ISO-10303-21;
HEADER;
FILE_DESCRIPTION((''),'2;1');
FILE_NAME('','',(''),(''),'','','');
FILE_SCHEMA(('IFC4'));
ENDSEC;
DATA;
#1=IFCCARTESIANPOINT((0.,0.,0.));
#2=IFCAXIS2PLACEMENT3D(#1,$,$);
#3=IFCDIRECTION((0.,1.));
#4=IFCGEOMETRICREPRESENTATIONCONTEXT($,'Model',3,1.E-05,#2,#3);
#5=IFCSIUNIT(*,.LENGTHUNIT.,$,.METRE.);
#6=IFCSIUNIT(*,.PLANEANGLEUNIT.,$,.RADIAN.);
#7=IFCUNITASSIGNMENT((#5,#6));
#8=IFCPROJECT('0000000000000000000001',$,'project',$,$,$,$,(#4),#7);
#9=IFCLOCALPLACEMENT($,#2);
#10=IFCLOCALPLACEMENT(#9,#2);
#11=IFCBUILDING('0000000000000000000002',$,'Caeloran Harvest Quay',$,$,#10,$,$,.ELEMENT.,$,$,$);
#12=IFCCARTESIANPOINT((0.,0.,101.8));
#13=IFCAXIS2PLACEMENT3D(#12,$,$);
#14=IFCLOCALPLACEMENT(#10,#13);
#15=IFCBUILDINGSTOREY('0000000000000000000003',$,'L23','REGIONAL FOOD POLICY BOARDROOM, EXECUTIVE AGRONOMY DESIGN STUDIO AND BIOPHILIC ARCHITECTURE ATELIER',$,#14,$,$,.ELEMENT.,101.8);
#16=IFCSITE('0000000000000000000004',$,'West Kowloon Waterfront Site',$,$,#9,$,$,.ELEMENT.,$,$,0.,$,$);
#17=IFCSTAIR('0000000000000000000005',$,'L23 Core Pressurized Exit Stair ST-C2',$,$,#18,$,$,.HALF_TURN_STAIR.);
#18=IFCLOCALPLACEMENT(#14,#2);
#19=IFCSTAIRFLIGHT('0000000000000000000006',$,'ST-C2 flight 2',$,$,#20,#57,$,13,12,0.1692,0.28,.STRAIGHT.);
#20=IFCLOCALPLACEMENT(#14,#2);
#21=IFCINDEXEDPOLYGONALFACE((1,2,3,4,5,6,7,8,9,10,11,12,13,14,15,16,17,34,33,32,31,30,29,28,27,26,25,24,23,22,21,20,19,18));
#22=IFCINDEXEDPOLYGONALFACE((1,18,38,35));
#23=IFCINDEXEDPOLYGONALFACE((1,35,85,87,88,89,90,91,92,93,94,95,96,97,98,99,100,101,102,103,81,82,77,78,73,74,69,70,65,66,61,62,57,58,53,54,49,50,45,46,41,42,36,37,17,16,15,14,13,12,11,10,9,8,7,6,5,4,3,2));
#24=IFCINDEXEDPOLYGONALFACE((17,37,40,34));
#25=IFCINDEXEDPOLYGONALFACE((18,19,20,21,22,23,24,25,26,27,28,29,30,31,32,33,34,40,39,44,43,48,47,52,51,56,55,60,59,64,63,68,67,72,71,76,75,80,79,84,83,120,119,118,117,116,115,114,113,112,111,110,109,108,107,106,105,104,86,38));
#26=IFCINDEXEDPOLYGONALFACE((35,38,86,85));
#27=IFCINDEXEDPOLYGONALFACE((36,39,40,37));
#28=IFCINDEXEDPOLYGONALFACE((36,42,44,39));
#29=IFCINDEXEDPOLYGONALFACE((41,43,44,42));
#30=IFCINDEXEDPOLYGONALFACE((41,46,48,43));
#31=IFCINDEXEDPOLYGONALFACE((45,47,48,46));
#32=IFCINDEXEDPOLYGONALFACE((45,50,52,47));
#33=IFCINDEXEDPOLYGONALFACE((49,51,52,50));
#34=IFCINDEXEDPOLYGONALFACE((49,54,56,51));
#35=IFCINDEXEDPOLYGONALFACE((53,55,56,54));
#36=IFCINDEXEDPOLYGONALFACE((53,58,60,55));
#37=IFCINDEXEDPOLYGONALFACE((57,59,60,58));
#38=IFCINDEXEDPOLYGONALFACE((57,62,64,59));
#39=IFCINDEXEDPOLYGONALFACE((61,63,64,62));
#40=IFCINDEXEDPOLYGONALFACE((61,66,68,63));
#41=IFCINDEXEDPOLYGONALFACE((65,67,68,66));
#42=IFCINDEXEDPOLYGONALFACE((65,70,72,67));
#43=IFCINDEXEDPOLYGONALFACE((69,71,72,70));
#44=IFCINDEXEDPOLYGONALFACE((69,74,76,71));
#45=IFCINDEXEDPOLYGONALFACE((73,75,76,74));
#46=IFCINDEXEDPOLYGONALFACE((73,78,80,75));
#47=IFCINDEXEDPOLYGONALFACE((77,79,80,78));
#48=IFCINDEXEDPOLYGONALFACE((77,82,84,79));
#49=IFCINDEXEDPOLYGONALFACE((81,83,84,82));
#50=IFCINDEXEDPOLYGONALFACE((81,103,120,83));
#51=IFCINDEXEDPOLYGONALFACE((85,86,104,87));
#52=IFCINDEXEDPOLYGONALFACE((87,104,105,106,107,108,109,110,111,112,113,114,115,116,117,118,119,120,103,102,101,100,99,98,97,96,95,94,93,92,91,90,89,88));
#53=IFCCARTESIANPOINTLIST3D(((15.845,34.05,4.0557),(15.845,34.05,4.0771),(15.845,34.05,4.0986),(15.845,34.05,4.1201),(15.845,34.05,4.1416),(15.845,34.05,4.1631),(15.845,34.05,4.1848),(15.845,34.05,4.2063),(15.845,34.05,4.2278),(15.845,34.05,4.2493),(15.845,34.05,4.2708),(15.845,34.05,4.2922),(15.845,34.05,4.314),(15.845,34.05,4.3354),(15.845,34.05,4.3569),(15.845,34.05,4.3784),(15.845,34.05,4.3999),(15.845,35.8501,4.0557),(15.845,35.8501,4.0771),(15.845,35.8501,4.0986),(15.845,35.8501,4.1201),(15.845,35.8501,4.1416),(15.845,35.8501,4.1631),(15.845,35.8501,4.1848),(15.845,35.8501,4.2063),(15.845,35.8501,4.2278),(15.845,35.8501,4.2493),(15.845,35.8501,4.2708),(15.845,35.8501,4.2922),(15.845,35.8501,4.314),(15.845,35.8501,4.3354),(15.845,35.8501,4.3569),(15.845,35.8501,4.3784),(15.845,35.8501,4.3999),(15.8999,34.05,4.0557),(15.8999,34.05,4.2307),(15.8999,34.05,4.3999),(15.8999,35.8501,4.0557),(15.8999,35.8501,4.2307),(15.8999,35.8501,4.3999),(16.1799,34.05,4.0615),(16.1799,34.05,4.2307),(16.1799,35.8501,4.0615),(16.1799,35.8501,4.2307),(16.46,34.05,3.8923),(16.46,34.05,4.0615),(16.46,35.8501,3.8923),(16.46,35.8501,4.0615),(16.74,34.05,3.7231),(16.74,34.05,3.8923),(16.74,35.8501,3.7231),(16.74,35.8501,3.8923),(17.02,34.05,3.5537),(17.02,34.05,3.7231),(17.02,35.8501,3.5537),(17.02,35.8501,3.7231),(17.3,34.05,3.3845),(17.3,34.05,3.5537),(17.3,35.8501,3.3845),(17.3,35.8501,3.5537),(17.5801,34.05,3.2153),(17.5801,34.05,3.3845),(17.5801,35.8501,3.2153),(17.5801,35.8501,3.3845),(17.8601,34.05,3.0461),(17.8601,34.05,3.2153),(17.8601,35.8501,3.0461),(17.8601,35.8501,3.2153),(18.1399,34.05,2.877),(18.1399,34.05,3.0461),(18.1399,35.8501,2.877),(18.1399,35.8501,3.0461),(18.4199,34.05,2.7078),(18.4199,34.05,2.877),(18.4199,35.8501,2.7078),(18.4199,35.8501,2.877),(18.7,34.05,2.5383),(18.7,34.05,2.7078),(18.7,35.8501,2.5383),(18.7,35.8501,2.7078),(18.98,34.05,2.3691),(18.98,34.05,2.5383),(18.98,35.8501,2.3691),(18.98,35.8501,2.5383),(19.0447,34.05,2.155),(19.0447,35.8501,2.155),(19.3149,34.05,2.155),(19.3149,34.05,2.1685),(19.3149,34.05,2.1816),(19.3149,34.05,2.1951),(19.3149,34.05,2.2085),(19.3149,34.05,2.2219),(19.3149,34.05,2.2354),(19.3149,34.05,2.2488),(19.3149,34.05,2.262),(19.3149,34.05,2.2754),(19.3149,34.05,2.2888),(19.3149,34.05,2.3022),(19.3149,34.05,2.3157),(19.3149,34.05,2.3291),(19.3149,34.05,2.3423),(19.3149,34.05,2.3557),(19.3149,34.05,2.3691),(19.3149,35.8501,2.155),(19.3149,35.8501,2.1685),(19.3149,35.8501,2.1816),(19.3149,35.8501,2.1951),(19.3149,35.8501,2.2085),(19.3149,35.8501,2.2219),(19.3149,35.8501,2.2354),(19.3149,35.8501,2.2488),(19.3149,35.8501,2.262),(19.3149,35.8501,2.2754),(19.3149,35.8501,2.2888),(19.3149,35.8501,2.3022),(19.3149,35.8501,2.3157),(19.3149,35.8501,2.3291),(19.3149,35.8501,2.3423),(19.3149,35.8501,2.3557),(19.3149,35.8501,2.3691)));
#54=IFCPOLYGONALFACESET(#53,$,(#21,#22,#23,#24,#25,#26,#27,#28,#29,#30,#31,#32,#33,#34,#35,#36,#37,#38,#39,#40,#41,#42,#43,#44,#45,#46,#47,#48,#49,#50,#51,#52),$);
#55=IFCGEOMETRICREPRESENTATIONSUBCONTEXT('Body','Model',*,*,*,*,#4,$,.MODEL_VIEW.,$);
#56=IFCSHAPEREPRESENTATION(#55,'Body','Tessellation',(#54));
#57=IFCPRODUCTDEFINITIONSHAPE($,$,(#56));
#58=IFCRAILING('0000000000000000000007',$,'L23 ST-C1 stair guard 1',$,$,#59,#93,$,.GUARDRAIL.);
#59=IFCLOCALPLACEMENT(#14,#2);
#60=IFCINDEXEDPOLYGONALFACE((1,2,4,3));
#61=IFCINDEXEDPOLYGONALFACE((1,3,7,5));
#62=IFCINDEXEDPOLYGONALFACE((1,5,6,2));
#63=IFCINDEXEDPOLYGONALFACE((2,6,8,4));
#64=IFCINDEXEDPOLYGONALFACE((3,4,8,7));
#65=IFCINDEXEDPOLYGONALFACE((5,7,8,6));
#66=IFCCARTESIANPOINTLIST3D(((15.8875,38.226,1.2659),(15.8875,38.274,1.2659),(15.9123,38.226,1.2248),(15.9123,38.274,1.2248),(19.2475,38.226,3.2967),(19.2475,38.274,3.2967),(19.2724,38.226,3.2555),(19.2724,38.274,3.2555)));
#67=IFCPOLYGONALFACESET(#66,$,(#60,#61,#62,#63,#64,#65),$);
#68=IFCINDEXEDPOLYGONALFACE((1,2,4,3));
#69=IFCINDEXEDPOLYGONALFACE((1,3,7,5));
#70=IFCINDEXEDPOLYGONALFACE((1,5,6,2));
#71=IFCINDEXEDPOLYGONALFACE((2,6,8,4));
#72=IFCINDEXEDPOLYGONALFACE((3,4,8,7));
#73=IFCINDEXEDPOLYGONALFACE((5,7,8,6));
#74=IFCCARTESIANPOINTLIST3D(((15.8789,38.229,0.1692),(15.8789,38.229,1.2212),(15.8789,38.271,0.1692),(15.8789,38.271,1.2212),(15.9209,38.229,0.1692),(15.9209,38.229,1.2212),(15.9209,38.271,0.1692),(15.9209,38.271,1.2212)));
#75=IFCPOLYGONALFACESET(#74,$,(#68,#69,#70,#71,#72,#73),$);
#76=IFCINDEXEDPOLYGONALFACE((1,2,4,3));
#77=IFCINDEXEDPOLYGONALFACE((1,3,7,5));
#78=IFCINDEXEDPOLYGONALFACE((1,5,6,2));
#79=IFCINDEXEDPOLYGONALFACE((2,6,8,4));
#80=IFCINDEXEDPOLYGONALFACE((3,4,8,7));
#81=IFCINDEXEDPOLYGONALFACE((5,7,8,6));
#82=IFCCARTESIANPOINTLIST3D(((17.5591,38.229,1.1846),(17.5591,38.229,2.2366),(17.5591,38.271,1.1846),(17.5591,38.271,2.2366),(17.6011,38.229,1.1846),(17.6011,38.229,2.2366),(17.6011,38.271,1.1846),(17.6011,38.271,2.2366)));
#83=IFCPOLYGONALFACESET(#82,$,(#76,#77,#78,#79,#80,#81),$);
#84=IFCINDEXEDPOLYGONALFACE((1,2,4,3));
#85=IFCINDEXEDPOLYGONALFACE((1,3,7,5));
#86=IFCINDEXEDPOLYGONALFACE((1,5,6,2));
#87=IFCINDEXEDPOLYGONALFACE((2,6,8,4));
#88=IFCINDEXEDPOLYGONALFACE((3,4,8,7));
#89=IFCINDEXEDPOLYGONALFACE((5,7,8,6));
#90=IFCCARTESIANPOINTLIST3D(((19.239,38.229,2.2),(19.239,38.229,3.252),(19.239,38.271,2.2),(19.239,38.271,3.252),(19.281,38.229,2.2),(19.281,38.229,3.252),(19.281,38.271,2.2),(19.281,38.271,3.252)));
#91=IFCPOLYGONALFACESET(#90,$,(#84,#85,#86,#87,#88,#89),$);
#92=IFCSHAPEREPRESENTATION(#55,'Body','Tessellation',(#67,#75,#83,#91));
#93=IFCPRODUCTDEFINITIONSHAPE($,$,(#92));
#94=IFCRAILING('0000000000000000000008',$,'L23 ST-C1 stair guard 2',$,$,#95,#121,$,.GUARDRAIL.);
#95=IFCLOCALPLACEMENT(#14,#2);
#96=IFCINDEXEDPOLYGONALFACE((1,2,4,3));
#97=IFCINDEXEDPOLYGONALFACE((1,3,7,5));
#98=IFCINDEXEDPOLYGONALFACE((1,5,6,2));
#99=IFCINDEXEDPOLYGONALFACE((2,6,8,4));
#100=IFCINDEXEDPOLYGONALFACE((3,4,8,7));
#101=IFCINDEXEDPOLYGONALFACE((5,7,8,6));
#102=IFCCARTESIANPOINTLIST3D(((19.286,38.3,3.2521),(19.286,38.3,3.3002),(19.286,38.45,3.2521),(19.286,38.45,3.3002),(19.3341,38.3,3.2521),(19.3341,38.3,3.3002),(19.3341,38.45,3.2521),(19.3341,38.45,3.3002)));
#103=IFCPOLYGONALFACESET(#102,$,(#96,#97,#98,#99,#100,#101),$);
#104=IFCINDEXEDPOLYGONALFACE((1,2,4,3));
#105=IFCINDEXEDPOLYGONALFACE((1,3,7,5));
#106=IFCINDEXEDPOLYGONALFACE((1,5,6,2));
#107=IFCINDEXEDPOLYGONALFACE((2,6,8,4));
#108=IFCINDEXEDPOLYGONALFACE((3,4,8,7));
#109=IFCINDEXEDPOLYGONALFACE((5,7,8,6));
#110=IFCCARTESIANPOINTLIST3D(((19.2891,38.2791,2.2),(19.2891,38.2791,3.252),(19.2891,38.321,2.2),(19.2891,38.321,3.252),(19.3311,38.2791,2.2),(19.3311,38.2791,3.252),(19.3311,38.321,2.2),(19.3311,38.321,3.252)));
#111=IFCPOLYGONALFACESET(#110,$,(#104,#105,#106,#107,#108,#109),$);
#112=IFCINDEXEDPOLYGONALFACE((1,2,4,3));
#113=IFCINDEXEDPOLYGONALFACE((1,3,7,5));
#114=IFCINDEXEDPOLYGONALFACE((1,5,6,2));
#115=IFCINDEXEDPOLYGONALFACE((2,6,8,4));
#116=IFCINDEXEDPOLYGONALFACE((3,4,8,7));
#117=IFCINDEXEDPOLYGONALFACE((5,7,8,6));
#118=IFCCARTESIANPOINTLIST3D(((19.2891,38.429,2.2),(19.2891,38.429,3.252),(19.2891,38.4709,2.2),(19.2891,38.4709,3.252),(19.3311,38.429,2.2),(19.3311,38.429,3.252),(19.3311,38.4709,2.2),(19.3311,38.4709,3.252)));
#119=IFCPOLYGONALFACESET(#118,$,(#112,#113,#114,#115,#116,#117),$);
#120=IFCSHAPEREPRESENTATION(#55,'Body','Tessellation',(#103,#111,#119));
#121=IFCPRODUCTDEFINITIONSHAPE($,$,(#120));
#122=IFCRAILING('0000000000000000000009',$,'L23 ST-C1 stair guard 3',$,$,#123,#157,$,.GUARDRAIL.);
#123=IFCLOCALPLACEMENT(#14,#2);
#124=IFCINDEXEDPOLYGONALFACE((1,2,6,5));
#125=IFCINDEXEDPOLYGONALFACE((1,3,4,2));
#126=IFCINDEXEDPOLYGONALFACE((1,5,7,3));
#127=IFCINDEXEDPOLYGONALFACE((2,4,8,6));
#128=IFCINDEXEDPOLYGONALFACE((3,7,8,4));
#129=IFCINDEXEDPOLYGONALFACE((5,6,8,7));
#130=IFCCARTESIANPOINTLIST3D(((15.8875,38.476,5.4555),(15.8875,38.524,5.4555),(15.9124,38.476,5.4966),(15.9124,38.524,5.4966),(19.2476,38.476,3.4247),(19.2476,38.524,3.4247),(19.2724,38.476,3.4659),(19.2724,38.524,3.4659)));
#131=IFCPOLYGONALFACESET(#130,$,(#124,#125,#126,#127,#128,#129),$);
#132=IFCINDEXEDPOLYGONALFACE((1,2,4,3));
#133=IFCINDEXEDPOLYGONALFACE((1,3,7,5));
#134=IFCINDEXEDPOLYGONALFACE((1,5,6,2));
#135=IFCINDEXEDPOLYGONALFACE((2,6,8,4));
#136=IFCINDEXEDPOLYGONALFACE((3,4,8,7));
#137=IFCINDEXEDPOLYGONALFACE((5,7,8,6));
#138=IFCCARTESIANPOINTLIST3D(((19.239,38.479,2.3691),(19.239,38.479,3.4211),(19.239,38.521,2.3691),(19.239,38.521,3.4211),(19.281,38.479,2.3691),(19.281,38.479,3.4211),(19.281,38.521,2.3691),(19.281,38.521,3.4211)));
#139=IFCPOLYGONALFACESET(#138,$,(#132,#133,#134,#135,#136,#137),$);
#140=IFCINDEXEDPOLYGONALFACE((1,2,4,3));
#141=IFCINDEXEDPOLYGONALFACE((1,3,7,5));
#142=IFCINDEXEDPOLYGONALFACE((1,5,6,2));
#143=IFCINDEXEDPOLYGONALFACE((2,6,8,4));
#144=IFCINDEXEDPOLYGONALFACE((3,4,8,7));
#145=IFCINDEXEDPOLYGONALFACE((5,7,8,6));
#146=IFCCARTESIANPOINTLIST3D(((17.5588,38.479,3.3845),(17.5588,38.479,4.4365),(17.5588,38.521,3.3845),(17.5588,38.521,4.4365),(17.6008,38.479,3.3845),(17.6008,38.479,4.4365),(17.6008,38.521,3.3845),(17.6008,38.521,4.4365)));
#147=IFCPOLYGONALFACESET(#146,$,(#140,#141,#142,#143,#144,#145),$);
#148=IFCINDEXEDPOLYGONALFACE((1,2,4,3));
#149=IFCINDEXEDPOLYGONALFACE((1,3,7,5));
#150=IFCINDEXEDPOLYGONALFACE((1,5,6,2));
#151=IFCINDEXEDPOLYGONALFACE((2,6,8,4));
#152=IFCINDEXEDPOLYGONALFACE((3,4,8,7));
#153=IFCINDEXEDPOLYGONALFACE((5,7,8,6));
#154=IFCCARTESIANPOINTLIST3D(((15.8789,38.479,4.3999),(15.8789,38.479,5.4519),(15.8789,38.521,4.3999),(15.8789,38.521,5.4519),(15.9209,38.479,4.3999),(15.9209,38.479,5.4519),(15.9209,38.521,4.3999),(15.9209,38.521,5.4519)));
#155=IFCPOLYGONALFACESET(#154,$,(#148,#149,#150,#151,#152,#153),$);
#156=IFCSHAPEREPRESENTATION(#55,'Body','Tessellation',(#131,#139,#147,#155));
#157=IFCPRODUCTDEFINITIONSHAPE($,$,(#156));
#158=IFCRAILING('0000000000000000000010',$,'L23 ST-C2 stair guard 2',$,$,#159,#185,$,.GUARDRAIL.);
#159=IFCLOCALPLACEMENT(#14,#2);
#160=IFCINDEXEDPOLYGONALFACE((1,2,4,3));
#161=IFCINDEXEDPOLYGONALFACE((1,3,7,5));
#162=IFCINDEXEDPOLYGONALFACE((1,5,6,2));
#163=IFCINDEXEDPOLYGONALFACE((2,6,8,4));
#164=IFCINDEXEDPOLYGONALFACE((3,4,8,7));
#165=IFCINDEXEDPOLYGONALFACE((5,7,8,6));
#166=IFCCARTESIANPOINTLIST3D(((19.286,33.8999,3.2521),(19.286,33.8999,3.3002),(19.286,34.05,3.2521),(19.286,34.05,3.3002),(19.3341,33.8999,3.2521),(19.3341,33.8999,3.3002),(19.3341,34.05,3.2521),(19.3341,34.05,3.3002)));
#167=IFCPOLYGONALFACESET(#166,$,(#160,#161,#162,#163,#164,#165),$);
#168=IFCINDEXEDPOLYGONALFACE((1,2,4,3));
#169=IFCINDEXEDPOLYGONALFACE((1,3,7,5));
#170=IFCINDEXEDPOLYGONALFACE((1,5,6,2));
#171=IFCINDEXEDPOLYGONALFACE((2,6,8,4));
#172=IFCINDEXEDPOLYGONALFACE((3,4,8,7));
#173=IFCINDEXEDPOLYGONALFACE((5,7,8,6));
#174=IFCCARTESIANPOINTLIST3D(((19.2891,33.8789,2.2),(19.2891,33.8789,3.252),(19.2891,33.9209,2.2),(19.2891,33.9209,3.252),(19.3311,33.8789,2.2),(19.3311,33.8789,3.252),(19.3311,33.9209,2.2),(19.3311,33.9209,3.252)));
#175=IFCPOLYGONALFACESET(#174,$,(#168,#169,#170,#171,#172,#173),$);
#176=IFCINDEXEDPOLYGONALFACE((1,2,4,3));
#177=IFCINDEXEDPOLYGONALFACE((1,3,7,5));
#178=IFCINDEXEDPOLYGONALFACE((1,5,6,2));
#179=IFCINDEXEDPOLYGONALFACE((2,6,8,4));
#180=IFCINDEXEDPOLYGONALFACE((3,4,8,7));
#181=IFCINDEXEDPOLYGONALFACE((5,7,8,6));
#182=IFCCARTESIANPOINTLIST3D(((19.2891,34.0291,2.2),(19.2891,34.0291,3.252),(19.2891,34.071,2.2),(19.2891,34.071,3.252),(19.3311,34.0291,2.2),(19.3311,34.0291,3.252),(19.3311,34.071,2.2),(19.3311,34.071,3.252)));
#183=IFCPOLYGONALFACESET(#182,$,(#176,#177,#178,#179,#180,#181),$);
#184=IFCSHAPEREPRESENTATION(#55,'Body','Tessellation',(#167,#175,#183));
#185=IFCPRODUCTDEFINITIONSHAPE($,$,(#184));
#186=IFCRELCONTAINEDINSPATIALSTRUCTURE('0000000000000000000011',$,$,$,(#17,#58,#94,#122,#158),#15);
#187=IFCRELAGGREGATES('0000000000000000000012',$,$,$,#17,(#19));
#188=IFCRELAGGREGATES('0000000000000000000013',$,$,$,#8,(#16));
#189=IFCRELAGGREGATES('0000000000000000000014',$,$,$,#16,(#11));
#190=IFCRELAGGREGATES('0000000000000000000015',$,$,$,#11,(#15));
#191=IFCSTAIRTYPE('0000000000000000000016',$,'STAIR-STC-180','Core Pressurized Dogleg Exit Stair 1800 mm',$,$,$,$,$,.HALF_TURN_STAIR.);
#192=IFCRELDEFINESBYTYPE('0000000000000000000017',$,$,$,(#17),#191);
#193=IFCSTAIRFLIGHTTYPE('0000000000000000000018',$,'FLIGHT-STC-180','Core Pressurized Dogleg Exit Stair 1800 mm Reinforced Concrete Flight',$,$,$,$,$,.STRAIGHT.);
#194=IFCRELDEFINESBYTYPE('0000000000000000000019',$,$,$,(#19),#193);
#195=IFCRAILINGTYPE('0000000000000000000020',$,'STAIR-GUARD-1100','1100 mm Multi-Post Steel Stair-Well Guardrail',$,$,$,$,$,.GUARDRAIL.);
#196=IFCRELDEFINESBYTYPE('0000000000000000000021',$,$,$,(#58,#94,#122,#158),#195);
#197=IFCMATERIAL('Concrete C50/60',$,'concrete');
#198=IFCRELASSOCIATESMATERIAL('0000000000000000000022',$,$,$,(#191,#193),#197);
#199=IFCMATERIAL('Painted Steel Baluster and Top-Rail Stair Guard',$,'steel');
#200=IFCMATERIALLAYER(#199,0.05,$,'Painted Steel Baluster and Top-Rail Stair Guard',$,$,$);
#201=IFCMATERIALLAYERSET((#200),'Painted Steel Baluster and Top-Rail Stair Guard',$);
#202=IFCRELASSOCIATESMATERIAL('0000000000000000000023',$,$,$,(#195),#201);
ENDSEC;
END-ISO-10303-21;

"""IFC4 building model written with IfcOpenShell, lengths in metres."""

from ifc_helpers import new_model, si_unit, direction, frame, origin, origin_2d, place, context, subcontext, project, spatial, polyline, rectangle, outline, extrude, material, layer, layer_set, type_object, element, aggregate, save


model = new_model("IFC4")

# Units and contexts
model_context = context("Model", 3, precision=1e-05, world=origin(), true_north=direction((0.0, 1.0)))
body_context = subcontext(model_context, "Body", "Model", "MODEL_VIEW")
ifc_project = project(units=[si_unit("LENGTHUNIT", "METRE"), si_unit("PLANEANGLEUNIT", "RADIAN")], contexts=[model_context])

# Site, building, storey
site_placement = place(None, origin())
site = spatial("IfcSite", under=ifc_project, at=site_placement, Name="West Kowloon Waterfront Site", CompositionType="ELEMENT", RefElevation=0.0)
building_placement = place(site_placement, origin())
building = spatial("IfcBuilding", under=site, at=building_placement, Name="Caeloran Harvest Quay", CompositionType="ELEMENT")
storey_placement = place(building_placement, frame((0.0, 0.0, 101.8)))
storey = spatial("IfcBuildingStorey", under=building, at=storey_placement, Name="L23", Description="REGIONAL FOOD POLICY BOARDROOM, EXECUTIVE AGRONOMY DESIGN STUDIO AND BIOPHILIC ARCHITECTURE ATELIER", CompositionType="ELEMENT", Elevation=101.8)

# Shared definitions
ifc_material_1 = material(Name="Concrete C50/60", Category="concrete")

# Shared definitions
stair_type = type_object("IfcStairType", Name="STAIR-STC-180", Description="Core Pressurized Dogleg Exit Stair 1800 mm", PredefinedType="HALF_TURN_STAIR", material=ifc_material_1)
stair_flight_type = type_object("IfcStairFlightType", Name="FLIGHT-STC-180", Description="Core Pressurized Dogleg Exit Stair 1800 mm Reinforced Concrete Flight", PredefinedType="STRAIGHT", material=ifc_material_1)

# Stair, stair flight
stair_1_placement = place(storey_placement, origin())
stair_1 = element("IfcStair", 1, at=stair_1_placement, inside=storey, type_object=stair_type, Name="L23 Core Pressurized Exit Stair ST-C2", PredefinedType="HALF_TURN_STAIR")
stair_flight_1_placement = place(storey_placement, frame((19.26, 34.95, 2.2), z_axis=(0.0, 0.0, 1.0), x_axis=(-1.0, 0.0, 0.0)))
stair_flight_1 = element("IfcStairFlight", 2, at=stair_flight_1_placement, type_object=stair_flight_type, Name="ST-C2 flight 2", NumberOfRisers=13, NumberOfTreads=12, PredefinedType="STRAIGHT", RiserHeight=0.1692, TreadLength=0.28, context=body_context, shape_type="SweptSolid", body=[
    extrude(outline(polyline([(-0.0549, -0.0449), (-0.0549, -0.0315), (-0.0549, -0.0183), (-0.0549, -0.0049), (-0.0549, 0.0085), (-0.0549, 0.022), (-0.0549, 0.0354), (-0.0549, 0.0488), (-0.0549, 0.062), (-0.0549, 0.0754), (-0.0549, 0.0889), (-0.0549, 0.1023), (-0.0549, 0.1157), (-0.0549, 0.1292), (-0.0549, 0.1423), (-0.0549, 0.1558), (-0.0549, 0.1692), (0.28, 0.1692), (0.28, 0.3384), (0.5601, 0.3384), (0.5601, 0.5078), (0.8401, 0.5078), (0.8401, 0.677), (1.1201, 0.677), (1.1201, 0.8462), (1.3999, 0.8462), (1.3999, 1.0154), (1.6799, 1.0154), (1.6799, 1.1846), (1.96, 1.1846), (1.96, 1.3538), (2.24, 1.3538), (2.24, 1.5232), (2.52, 1.5232), (2.52, 1.6924), (2.8, 1.6924), (2.8, 1.8616), (3.0801, 1.8616), (3.0801, 2.0308), (3.3601, 2.0308), (3.3601, 2.2), (3.415, 2.2), (3.415, 2.1785), (3.415, 2.157), (3.415, 2.1355), (3.415, 2.114), (3.415, 2.0923), (3.415, 2.0708), (3.415, 2.0493), (3.415, 2.0278), (3.415, 2.0063), (3.415, 1.9849), (3.415, 1.9631), (3.415, 1.9417), (3.415, 1.9202), (3.415, 1.8987), (3.415, 1.8772), (3.415, 1.8557), (3.3601, 1.8557), (0.2153, -0.0449), (-0.0549, -0.0449)])), frame((0.0, 0.8999, 0.0), z_axis=(0.0, -1.0, 0.0), x_axis=(1.0, 0.0, 0.0)), (0.0, 0.0, 1.0), 1.8),
])
aggregate(stair_1, [stair_flight_1])

# Railings
ifc_material_2 = material(Name="Painted Steel Baluster and Top-Rail Stair Guard", Category="steel")
ifc_layer_1 = layer(ifc_material_2, 0.05, Name="Painted Steel Baluster and Top-Rail Stair Guard")
ifc_layer_set_1 = layer_set([ifc_layer_1], Name="Painted Steel Baluster and Top-Rail Stair Guard")
railing_type_1 = type_object("IfcRailingType", Name="STAIR-GUARD-1100", Description="1100 mm Multi-Post Steel Stair-Well Guardrail", PredefinedType="GUARDRAIL", material=ifc_layer_set_1)
railing_1_placement = place(storey_placement, frame((15.8999, 38.25, 0.1692)))
element("IfcRailing", 3, at=railing_1_placement, inside=storey, type_object=railing_type_1, Name="L23 ST-C1 stair guard 1", PredefinedType="GUARDRAIL", context=body_context, shape_type="SweptSolid", body=[
    extrude(rectangle(XDim=0.0481, YDim=0.0481, at=origin_2d()), frame((0.0, 0.0, 1.0762), z_axis=(0.855837, 0.0, 0.517246), x_axis=(0.0, 1.0, 0.0)), (0.0, 0.0, 1.0), 3.926),
    extrude(rectangle(XDim=0.042, YDim=0.042, at=origin_2d()), origin(), (0.0, 0.0, 1.0), 1.052),
    extrude(rectangle(XDim=0.042, YDim=0.042, at=origin_2d()), frame((1.6802, 0.0, 1.0154)), (0.0, 0.0, 1.0), 1.052),
    extrude(rectangle(XDim=0.042, YDim=0.042, at=origin_2d()), frame((3.3601, 0.0, 2.0308)), (0.0, 0.0, 1.0), 1.052),
])
railing_2_placement = place(storey_placement, frame((19.3101, 38.3, 2.2)))
element("IfcRailing", 4, at=railing_2_placement, inside=storey, type_object=railing_type_1, Name="L23 ST-C1 stair guard 2", PredefinedType="GUARDRAIL", context=body_context, shape_type="SweptSolid", body=[
    extrude(rectangle(XDim=0.0481, YDim=0.0481, at=origin_2d()), frame((0.0, 0.0, 1.0762), z_axis=(0.0, 1.0, 0.0), x_axis=(-1.0, 0.0, 0.0)), (0.0, 0.0, 1.0), 0.1499),
    extrude(rectangle(XDim=0.042, YDim=0.042, at=origin_2d()), origin(), (0.0, 0.0, 1.0), 1.052),
    extrude(rectangle(XDim=0.042, YDim=0.042, at=origin_2d()), frame((0.0, 0.1499, 0.0)), (0.0, 0.0, 1.0), 1.052),
])
railing_3_placement = place(storey_placement, frame((19.26, 38.5, 2.3691)))
element("IfcRailing", 5, at=railing_3_placement, inside=storey, type_object=railing_type_1, Name="L23 ST-C1 stair guard 3", PredefinedType="GUARDRAIL", context=body_context, shape_type="SweptSolid", body=[
    extrude(rectangle(XDim=0.0481, YDim=0.0481, at=origin_2d()), frame((0.0, 0.0, 1.0762), z_axis=(-0.855837, 0.0, 0.517246), x_axis=(0.0, -1.0, 0.0)), (0.0, 0.0, 1.0), 3.926),
    extrude(rectangle(XDim=0.042, YDim=0.042, at=origin_2d()), origin(), (0.0, 0.0, 1.0), 1.052),
    extrude(rectangle(XDim=0.042, YDim=0.042, at=origin_2d()), frame((-1.6802, 0.0, 1.0154)), (0.0, 0.0, 1.0), 1.052),
    extrude(rectangle(XDim=0.042, YDim=0.042, at=origin_2d()), frame((-3.3601, 0.0, 2.0308)), (0.0, 0.0, 1.0), 1.052),
])
railing_4_placement = place(storey_placement, frame((19.3101, 33.8999, 2.2)))
element("IfcRailing", 6, at=railing_4_placement, inside=storey, type_object=railing_type_1, Name="L23 ST-C2 stair guard 2", PredefinedType="GUARDRAIL", context=body_context, shape_type="SweptSolid", body=[
    extrude(rectangle(XDim=0.0481, YDim=0.0481, at=origin_2d()), frame((0.0, 0.0, 1.0762), z_axis=(0.0, 1.0, 0.0), x_axis=(-1.0, 0.0, 0.0)), (0.0, 0.0, 1.0), 0.1501),
    extrude(rectangle(XDim=0.042, YDim=0.042, at=origin_2d()), origin(), (0.0, 0.0, 1.0), 1.052),
    extrude(rectangle(XDim=0.042, YDim=0.042, at=origin_2d()), frame((0.0, 0.1501, 0.0)), (0.0, 0.0, 1.0), 1.052),
])

save(model, "model.ifc")
